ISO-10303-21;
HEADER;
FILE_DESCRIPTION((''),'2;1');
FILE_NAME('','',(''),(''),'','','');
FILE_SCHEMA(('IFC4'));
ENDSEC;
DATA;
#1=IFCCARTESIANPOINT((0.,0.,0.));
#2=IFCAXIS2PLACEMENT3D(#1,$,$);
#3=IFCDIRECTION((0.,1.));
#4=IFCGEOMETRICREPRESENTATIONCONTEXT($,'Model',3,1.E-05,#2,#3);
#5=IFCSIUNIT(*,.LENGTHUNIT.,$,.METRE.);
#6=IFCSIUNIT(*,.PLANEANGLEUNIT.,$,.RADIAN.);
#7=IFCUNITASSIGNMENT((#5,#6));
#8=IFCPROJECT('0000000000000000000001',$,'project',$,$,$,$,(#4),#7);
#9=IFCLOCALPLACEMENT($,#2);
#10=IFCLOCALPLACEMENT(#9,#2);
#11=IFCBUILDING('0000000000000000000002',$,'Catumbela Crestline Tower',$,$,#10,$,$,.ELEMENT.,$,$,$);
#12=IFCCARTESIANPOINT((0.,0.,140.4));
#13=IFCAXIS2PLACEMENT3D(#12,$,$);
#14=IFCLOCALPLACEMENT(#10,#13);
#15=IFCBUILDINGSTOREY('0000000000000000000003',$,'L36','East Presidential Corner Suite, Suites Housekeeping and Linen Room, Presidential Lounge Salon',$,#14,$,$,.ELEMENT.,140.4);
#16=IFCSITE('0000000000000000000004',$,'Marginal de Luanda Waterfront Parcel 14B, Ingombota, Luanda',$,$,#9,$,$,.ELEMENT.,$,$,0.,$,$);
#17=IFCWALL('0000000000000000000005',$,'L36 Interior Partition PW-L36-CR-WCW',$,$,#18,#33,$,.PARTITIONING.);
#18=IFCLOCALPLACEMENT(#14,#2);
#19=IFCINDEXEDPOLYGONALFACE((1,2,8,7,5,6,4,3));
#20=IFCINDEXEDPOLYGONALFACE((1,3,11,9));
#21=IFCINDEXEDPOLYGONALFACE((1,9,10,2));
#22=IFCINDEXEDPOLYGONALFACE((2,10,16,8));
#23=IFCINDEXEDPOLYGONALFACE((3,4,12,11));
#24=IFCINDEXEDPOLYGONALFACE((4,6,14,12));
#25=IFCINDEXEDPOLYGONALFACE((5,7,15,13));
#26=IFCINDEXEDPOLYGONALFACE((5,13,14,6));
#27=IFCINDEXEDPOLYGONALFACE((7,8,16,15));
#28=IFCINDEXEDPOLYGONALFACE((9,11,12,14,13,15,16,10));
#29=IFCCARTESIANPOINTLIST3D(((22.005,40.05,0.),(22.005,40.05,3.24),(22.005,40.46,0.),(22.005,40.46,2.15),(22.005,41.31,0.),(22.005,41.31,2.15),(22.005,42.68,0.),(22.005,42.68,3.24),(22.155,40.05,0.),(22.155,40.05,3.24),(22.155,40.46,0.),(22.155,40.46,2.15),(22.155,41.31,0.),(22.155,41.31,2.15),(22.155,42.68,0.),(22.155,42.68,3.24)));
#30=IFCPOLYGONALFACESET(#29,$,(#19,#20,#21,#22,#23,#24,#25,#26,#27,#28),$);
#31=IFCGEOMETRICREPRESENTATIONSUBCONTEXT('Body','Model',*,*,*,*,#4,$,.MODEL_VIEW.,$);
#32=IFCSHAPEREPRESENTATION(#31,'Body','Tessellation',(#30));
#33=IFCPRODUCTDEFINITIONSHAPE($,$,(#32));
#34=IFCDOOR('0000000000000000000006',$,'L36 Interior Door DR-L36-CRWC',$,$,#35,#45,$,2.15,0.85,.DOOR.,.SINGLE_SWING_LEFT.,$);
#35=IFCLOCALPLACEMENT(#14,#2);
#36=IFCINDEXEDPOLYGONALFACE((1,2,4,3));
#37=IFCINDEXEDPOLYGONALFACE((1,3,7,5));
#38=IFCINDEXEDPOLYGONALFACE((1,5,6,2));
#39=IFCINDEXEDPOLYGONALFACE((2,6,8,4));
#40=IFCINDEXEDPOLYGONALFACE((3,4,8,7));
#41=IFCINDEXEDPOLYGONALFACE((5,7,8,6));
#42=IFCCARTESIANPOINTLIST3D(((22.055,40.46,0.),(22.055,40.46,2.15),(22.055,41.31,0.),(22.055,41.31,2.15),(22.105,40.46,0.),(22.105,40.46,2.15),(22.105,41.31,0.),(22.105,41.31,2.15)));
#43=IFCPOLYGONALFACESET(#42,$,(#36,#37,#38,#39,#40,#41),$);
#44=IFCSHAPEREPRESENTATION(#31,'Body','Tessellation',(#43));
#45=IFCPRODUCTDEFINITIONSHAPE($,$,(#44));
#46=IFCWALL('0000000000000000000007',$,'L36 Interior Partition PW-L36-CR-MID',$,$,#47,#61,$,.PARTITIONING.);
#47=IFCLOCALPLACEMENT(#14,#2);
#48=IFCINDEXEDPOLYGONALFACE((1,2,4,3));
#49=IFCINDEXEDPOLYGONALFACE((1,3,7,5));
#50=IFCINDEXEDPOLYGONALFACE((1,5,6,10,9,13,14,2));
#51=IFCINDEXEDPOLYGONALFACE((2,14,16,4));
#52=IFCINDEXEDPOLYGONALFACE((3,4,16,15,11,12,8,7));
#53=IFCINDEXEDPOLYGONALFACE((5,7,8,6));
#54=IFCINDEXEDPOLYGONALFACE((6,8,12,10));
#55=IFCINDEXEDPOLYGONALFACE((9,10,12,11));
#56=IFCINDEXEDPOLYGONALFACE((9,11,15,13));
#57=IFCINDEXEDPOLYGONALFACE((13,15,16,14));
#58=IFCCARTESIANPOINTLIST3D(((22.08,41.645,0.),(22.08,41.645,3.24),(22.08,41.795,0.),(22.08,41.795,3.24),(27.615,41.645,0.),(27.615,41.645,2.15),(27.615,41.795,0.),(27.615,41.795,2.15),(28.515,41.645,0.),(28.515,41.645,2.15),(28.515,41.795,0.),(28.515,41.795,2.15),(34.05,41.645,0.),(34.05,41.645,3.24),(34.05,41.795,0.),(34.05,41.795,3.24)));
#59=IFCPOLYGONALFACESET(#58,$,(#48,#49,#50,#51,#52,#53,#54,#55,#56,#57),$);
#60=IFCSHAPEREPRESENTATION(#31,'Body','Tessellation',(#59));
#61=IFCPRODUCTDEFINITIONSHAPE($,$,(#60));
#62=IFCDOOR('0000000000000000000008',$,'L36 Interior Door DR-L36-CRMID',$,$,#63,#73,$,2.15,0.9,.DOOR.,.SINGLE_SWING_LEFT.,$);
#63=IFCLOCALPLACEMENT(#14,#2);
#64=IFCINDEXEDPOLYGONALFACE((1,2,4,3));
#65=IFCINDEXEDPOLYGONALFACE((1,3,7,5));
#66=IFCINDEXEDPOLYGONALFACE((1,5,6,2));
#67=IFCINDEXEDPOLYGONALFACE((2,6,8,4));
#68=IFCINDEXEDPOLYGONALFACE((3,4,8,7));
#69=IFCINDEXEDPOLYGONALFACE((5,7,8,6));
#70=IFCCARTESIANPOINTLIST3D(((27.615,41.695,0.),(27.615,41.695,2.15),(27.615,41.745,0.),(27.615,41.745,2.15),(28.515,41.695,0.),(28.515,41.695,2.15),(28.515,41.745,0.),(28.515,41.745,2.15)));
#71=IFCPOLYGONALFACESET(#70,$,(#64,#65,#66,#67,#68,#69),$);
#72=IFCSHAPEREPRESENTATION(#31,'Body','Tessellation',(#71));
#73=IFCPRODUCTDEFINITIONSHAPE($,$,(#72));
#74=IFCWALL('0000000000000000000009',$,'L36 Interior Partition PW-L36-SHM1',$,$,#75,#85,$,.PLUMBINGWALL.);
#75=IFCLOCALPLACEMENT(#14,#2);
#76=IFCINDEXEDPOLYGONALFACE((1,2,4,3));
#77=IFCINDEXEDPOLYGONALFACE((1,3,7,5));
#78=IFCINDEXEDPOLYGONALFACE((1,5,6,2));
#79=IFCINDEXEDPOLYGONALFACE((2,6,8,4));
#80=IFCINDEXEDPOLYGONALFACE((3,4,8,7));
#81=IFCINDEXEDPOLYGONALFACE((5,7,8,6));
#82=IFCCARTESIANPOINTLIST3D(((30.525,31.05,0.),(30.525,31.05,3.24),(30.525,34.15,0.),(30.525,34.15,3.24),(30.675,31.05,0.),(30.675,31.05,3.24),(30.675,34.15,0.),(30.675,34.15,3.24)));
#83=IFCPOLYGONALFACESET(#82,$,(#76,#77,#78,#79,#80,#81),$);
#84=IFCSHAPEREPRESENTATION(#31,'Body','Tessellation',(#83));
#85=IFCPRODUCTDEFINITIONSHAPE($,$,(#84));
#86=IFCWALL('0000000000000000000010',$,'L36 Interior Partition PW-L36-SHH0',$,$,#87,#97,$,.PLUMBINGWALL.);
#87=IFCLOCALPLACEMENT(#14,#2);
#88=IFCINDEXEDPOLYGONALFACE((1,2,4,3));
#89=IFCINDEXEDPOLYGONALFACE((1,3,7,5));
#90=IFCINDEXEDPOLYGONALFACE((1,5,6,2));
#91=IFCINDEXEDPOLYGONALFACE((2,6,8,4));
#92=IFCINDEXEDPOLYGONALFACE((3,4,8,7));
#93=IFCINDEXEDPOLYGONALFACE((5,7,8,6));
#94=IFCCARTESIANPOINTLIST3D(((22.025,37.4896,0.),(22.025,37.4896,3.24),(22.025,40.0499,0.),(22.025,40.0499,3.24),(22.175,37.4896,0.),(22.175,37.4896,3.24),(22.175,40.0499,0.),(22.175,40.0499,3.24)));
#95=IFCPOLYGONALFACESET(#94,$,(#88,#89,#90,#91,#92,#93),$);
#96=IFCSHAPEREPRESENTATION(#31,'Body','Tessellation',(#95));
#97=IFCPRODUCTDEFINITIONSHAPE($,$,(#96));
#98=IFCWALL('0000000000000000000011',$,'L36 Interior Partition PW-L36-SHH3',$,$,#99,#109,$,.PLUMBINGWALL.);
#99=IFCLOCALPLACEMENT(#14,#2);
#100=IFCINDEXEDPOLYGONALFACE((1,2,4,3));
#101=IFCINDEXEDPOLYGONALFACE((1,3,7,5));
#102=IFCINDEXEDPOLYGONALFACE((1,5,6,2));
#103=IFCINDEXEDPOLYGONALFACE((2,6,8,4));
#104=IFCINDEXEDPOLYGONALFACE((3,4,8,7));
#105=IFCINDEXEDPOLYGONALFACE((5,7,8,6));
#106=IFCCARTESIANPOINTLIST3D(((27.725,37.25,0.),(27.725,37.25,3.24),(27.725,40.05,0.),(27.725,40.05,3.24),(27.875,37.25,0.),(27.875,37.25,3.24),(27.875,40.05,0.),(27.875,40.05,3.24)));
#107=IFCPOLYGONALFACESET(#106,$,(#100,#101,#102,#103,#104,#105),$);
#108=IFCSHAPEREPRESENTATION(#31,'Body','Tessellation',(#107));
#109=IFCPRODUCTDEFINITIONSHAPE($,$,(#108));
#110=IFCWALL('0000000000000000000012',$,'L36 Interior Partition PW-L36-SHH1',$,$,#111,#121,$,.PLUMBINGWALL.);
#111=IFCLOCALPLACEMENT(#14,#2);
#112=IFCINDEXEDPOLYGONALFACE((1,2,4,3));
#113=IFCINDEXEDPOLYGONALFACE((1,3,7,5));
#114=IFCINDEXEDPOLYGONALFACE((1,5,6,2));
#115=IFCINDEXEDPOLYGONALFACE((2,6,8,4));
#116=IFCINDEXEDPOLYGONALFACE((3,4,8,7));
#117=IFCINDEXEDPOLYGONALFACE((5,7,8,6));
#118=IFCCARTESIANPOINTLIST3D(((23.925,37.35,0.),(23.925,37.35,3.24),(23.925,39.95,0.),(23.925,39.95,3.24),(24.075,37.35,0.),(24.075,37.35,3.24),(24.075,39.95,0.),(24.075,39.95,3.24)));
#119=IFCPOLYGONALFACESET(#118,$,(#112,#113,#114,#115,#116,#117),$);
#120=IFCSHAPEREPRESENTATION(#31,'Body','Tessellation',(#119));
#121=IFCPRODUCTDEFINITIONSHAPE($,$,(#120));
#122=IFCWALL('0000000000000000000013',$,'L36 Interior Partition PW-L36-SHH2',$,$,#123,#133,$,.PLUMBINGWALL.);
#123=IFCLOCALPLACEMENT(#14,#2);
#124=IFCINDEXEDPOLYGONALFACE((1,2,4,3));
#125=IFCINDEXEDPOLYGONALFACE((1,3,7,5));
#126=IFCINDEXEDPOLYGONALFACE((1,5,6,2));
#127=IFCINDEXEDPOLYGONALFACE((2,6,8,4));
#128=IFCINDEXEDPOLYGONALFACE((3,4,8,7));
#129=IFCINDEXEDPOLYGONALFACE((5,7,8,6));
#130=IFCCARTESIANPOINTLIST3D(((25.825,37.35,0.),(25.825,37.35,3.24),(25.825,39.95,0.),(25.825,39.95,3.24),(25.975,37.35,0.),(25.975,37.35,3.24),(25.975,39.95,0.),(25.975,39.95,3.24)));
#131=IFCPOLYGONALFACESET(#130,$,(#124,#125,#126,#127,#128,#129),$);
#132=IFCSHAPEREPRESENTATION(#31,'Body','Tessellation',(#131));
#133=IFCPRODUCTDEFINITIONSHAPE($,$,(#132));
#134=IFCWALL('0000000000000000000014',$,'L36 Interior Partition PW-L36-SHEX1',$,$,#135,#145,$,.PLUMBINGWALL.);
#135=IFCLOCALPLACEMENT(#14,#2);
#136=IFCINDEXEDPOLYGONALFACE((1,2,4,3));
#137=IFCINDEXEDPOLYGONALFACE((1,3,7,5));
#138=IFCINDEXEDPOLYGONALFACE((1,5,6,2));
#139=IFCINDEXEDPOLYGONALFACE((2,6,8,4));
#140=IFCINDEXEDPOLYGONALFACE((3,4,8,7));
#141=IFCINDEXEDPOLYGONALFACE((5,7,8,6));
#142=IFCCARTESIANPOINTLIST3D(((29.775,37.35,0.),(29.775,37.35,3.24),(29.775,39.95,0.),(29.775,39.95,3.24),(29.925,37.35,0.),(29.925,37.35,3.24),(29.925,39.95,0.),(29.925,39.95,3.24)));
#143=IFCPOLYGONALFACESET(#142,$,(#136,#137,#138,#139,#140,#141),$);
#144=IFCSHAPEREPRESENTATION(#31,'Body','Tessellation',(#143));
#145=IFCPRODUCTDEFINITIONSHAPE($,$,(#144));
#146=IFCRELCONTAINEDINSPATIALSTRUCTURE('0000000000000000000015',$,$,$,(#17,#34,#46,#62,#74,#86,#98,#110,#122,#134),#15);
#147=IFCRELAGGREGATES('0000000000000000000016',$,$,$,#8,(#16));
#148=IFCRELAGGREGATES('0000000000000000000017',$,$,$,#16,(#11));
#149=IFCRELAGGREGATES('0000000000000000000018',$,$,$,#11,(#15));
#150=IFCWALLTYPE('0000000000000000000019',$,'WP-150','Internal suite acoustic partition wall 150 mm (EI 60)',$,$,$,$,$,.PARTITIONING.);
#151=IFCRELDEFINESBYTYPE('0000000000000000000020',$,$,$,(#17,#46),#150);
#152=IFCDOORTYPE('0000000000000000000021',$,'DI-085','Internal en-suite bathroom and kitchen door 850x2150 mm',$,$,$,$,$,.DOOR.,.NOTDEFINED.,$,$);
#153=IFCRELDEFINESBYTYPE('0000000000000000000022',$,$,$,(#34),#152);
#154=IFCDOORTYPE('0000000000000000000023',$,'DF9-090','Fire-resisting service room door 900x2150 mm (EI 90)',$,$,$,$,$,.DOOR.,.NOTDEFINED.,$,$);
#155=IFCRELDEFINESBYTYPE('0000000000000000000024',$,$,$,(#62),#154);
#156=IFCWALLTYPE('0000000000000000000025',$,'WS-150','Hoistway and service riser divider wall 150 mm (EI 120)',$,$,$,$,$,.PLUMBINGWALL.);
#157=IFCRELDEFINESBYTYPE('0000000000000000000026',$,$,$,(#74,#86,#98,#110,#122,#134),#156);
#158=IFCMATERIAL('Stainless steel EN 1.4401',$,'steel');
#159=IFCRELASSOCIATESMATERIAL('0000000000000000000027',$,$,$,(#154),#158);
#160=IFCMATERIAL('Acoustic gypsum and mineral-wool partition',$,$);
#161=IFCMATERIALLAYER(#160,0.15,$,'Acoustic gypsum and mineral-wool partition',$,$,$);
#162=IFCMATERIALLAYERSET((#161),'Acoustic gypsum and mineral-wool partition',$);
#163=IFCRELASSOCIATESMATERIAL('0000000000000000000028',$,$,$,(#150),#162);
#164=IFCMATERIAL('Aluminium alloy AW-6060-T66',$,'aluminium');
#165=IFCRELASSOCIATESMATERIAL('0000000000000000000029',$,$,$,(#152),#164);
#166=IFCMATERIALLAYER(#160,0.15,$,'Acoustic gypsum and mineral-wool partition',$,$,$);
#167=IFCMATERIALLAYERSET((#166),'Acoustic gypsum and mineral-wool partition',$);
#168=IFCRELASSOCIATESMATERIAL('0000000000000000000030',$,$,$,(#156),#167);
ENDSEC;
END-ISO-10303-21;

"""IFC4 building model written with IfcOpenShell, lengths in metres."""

from ifc_helpers import new_model, si_unit, direction, frame, frame_2d, origin, place, context, subcontext, project, spatial, rectangle, extrude, material, layer, layer_set, type_object, element, fill, save


model = new_model("IFC4")

# Units and contexts
model_context = context("Model", 3, precision=1e-05, world=origin(), true_north=direction((0.0, 1.0)))
body_context = subcontext(model_context, "Body", "Model", "MODEL_VIEW")
ifc_project = project(units=[si_unit("LENGTHUNIT", "METRE"), si_unit("PLANEANGLEUNIT", "RADIAN")], contexts=[model_context])

# Site, building, storey
site_placement = place(None, origin())
site = spatial("IfcSite", under=ifc_project, at=site_placement, Name="Marginal de Luanda Waterfront Parcel 14B, Ingombota, Luanda", CompositionType="ELEMENT", RefElevation=0.0)
building_placement = place(site_placement, origin())
building = spatial("IfcBuilding", under=site, at=building_placement, Name="Catumbela Crestline Tower", CompositionType="ELEMENT")
storey_placement = place(building_placement, frame((0.0, 0.0, 140.4)))
storey = spatial("IfcBuildingStorey", under=building, at=storey_placement, Name="L36", Description="East Presidential Corner Suite, Suites Housekeeping and Linen Room, Presidential Lounge Salon", CompositionType="ELEMENT", Elevation=140.4)

# Shared definitions
ifc_material_1 = material(Name="Aluminium alloy AW-6060-T66", Category="aluminium")

# Shared definitions
ifc_material_2 = material(Name="Stainless steel EN 1.4401", Category="steel")

# Shared definitions
door_type_1 = type_object("IfcDoorType", Name="DF9-090", Description="Fire-resisting service room door 900x2150 mm (EI 90)", OperationType="NOTDEFINED", PredefinedType="DOOR", material=ifc_material_2)

# Walls, openings, doors
ifc_material_3 = material(Name="Acoustic gypsum and mineral-wool partition")
ifc_layer_1 = layer(ifc_material_3, 0.15, Name="Acoustic gypsum and mineral-wool partition")
ifc_layer_set_1 = layer_set([ifc_layer_1], Name="Acoustic gypsum and mineral-wool partition")
wall_type_1 = type_object("IfcWallType", Name="WP-150", Description="Internal suite acoustic partition wall 150 mm (EI 60)", PredefinedType="PARTITIONING", material=ifc_layer_set_1)
wall_1_placement = place(storey_placement, frame((22.08, 40.05, 0.0), z_axis=(0.0, 0.0, 1.0), x_axis=(0.0, 1.0, 0.0)))
wall_1 = element("IfcWall", 1, at=wall_1_placement, inside=storey, type_object=wall_type_1, Name="L36 Interior Partition PW-L36-CR-WCW", PredefinedType="PARTITIONING", context=body_context, shape_type="SweptSolid", body=[
    extrude(rectangle(XDim=2.63, YDim=0.15, at=frame_2d((1.315, 0.0))), origin(), (0.0, 0.0, 1.0), 3.24),
])
opening_1_placement = place(wall_1_placement, frame((0.41, 0.0, 0.0)))
opening_1 = element("IfcOpeningElement", 2, at=opening_1_placement, cuts=wall_1, PredefinedType="OPENING", context=body_context, shape_type="SweptSolid", body=[
    extrude(rectangle(XDim=0.85, YDim=2.15, at=frame_2d((0.425, 1.075))), frame((0.0, 0.085, 0.0), z_axis=(0.0, -1.0, 0.0), x_axis=(1.0, 0.0, 0.0)), (0.0, 0.0, 1.0), 0.17),
])
door_type_2 = type_object("IfcDoorType", Name="DI-085", Description="Internal en-suite bathroom and kitchen door 850x2150 mm", OperationType="NOTDEFINED", PredefinedType="DOOR", material=ifc_material_1)
door_1_placement = place(opening_1_placement, origin())
door_1 = element("IfcDoor", 3, at=door_1_placement, inside=storey, type_object=door_type_2, Name="L36 Interior Door DR-L36-CRWC", OperationType="SINGLE_SWING_LEFT", OverallHeight=2.15, OverallWidth=0.85, PredefinedType="DOOR", context=body_context, shape_type="SweptSolid", body=[
    extrude(rectangle(XDim=0.85, YDim=2.15, at=frame_2d((0.425, 1.075))), frame((0.0, 0.025, 0.0), z_axis=(0.0, -1.0, 0.0), x_axis=(1.0, 0.0, 0.0)), (0.0, 0.0, 1.0), 0.05),
])
fill(opening_1, door_1)
wall_2_placement = place(storey_placement, frame((22.08, 41.72, 0.0), z_axis=(0.0, 0.0, 1.0), x_axis=(1.0, 0.0, 0.0)))
wall_2 = element("IfcWall", 4, at=wall_2_placement, inside=storey, type_object=wall_type_1, Name="L36 Interior Partition PW-L36-CR-MID", PredefinedType="PARTITIONING", context=body_context, shape_type="SweptSolid", body=[
    extrude(rectangle(XDim=11.97, YDim=0.15, at=frame_2d((5.985, 0.0))), origin(), (0.0, 0.0, 1.0), 3.24),
])
opening_2_placement = place(wall_2_placement, frame((5.535, 0.0, 0.0)))
opening_2 = element("IfcOpeningElement", 5, at=opening_2_placement, cuts=wall_2, PredefinedType="OPENING", context=body_context, shape_type="SweptSolid", body=[
    extrude(rectangle(XDim=0.9, YDim=2.15, at=frame_2d((0.45, 1.075))), frame((0.0, 0.085, 0.0), z_axis=(0.0, -1.0, 0.0), x_axis=(1.0, 0.0, 0.0)), (0.0, 0.0, 1.0), 0.17),
])
door_2_placement = place(opening_2_placement, origin())
door_2 = element("IfcDoor", 6, at=door_2_placement, inside=storey, type_object=door_type_1, Name="L36 Interior Door DR-L36-CRMID", OperationType="SINGLE_SWING_LEFT", OverallHeight=2.15, OverallWidth=0.9, PredefinedType="DOOR", context=body_context, shape_type="SweptSolid", body=[
    extrude(rectangle(XDim=0.9, YDim=2.15, at=frame_2d((0.45, 1.075))), frame((0.0, 0.025, 0.0), z_axis=(0.0, -1.0, 0.0), x_axis=(1.0, 0.0, 0.0)), (0.0, 0.0, 1.0), 0.05),
])
fill(opening_2, door_2)

# Walls
ifc_layer_2 = layer(ifc_material_3, 0.15, Name="Acoustic gypsum and mineral-wool partition")
ifc_layer_set_2 = layer_set([ifc_layer_2], Name="Acoustic gypsum and mineral-wool partition")
wall_type_2 = type_object("IfcWallType", Name="WS-150", Description="Hoistway and service riser divider wall 150 mm (EI 120)", PredefinedType="PLUMBINGWALL", material=ifc_layer_set_2)
wall_3_placement = place(storey_placement, frame((30.6, 31.05, 0.0), z_axis=(0.0, 0.0, 1.0), x_axis=(0.0, 1.0, 0.0)))
element("IfcWall", 7, at=wall_3_placement, inside=storey, type_object=wall_type_2, Name="L36 Interior Partition PW-L36-SHM1", PredefinedType="PLUMBINGWALL", context=body_context, shape_type="SweptSolid", body=[
    extrude(rectangle(XDim=3.1, YDim=0.15, at=frame_2d((1.55, 0.0))), origin(), (0.0, 0.0, 1.0), 3.24),
])
wall_4_placement = place(storey_placement, frame((22.1, 37.4897, 0.0), z_axis=(0.0, 0.0, 1.0), x_axis=(0.0, 1.0, 0.0)))
element("IfcWall", 8, at=wall_4_placement, inside=storey, type_object=wall_type_2, Name="L36 Interior Partition PW-L36-SHH0", PredefinedType="PLUMBINGWALL", context=body_context, shape_type="SweptSolid", body=[
    extrude(rectangle(XDim=2.5603, YDim=0.15, at=frame_2d((1.2801, 0.0))), origin(), (0.0, 0.0, 1.0), 3.24),
])
wall_5_placement = place(storey_placement, frame((27.8, 37.25, 0.0), z_axis=(0.0, 0.0, 1.0), x_axis=(0.0, 1.0, 0.0)))
element("IfcWall", 9, at=wall_5_placement, inside=storey, type_object=wall_type_2, Name="L36 Interior Partition PW-L36-SHH3", PredefinedType="PLUMBINGWALL", context=body_context, shape_type="SweptSolid", body=[
    extrude(rectangle(XDim=2.8, YDim=0.15, at=frame_2d((1.4, 0.0))), origin(), (0.0, 0.0, 1.0), 3.24),
])
for number, where, z_axis, x_axis, name in (
    (10, (24.0, 37.35, 0.0), (0.0, 0.0, 1.0), (0.0, 1.0, 0.0), "L36 Interior Partition PW-L36-SHH1"),
    (11, (25.9, 37.35, 0.0), (0.0, 0.0, 1.0), (0.0, 1.0, 0.0), "L36 Interior Partition PW-L36-SHH2"),
    (12, (29.85, 37.35, 0.0), (0.0, 0.0, 1.0), (0.0, 1.0, 0.0), "L36 Interior Partition PW-L36-SHEX1"),
):
    element("IfcWall", number, at=place(storey_placement, frame(where, z_axis=z_axis, x_axis=x_axis)), inside=storey, type_object=wall_type_2, Name=name, PredefinedType="PLUMBINGWALL", context=body_context, shape_type="SweptSolid", body=[
        extrude(rectangle(XDim=2.6, YDim=0.15, at=frame_2d((1.3, 0.0))), origin(), (0.0, 0.0, 1.0), 3.24),
    ])

save(model, "model.ifc")
